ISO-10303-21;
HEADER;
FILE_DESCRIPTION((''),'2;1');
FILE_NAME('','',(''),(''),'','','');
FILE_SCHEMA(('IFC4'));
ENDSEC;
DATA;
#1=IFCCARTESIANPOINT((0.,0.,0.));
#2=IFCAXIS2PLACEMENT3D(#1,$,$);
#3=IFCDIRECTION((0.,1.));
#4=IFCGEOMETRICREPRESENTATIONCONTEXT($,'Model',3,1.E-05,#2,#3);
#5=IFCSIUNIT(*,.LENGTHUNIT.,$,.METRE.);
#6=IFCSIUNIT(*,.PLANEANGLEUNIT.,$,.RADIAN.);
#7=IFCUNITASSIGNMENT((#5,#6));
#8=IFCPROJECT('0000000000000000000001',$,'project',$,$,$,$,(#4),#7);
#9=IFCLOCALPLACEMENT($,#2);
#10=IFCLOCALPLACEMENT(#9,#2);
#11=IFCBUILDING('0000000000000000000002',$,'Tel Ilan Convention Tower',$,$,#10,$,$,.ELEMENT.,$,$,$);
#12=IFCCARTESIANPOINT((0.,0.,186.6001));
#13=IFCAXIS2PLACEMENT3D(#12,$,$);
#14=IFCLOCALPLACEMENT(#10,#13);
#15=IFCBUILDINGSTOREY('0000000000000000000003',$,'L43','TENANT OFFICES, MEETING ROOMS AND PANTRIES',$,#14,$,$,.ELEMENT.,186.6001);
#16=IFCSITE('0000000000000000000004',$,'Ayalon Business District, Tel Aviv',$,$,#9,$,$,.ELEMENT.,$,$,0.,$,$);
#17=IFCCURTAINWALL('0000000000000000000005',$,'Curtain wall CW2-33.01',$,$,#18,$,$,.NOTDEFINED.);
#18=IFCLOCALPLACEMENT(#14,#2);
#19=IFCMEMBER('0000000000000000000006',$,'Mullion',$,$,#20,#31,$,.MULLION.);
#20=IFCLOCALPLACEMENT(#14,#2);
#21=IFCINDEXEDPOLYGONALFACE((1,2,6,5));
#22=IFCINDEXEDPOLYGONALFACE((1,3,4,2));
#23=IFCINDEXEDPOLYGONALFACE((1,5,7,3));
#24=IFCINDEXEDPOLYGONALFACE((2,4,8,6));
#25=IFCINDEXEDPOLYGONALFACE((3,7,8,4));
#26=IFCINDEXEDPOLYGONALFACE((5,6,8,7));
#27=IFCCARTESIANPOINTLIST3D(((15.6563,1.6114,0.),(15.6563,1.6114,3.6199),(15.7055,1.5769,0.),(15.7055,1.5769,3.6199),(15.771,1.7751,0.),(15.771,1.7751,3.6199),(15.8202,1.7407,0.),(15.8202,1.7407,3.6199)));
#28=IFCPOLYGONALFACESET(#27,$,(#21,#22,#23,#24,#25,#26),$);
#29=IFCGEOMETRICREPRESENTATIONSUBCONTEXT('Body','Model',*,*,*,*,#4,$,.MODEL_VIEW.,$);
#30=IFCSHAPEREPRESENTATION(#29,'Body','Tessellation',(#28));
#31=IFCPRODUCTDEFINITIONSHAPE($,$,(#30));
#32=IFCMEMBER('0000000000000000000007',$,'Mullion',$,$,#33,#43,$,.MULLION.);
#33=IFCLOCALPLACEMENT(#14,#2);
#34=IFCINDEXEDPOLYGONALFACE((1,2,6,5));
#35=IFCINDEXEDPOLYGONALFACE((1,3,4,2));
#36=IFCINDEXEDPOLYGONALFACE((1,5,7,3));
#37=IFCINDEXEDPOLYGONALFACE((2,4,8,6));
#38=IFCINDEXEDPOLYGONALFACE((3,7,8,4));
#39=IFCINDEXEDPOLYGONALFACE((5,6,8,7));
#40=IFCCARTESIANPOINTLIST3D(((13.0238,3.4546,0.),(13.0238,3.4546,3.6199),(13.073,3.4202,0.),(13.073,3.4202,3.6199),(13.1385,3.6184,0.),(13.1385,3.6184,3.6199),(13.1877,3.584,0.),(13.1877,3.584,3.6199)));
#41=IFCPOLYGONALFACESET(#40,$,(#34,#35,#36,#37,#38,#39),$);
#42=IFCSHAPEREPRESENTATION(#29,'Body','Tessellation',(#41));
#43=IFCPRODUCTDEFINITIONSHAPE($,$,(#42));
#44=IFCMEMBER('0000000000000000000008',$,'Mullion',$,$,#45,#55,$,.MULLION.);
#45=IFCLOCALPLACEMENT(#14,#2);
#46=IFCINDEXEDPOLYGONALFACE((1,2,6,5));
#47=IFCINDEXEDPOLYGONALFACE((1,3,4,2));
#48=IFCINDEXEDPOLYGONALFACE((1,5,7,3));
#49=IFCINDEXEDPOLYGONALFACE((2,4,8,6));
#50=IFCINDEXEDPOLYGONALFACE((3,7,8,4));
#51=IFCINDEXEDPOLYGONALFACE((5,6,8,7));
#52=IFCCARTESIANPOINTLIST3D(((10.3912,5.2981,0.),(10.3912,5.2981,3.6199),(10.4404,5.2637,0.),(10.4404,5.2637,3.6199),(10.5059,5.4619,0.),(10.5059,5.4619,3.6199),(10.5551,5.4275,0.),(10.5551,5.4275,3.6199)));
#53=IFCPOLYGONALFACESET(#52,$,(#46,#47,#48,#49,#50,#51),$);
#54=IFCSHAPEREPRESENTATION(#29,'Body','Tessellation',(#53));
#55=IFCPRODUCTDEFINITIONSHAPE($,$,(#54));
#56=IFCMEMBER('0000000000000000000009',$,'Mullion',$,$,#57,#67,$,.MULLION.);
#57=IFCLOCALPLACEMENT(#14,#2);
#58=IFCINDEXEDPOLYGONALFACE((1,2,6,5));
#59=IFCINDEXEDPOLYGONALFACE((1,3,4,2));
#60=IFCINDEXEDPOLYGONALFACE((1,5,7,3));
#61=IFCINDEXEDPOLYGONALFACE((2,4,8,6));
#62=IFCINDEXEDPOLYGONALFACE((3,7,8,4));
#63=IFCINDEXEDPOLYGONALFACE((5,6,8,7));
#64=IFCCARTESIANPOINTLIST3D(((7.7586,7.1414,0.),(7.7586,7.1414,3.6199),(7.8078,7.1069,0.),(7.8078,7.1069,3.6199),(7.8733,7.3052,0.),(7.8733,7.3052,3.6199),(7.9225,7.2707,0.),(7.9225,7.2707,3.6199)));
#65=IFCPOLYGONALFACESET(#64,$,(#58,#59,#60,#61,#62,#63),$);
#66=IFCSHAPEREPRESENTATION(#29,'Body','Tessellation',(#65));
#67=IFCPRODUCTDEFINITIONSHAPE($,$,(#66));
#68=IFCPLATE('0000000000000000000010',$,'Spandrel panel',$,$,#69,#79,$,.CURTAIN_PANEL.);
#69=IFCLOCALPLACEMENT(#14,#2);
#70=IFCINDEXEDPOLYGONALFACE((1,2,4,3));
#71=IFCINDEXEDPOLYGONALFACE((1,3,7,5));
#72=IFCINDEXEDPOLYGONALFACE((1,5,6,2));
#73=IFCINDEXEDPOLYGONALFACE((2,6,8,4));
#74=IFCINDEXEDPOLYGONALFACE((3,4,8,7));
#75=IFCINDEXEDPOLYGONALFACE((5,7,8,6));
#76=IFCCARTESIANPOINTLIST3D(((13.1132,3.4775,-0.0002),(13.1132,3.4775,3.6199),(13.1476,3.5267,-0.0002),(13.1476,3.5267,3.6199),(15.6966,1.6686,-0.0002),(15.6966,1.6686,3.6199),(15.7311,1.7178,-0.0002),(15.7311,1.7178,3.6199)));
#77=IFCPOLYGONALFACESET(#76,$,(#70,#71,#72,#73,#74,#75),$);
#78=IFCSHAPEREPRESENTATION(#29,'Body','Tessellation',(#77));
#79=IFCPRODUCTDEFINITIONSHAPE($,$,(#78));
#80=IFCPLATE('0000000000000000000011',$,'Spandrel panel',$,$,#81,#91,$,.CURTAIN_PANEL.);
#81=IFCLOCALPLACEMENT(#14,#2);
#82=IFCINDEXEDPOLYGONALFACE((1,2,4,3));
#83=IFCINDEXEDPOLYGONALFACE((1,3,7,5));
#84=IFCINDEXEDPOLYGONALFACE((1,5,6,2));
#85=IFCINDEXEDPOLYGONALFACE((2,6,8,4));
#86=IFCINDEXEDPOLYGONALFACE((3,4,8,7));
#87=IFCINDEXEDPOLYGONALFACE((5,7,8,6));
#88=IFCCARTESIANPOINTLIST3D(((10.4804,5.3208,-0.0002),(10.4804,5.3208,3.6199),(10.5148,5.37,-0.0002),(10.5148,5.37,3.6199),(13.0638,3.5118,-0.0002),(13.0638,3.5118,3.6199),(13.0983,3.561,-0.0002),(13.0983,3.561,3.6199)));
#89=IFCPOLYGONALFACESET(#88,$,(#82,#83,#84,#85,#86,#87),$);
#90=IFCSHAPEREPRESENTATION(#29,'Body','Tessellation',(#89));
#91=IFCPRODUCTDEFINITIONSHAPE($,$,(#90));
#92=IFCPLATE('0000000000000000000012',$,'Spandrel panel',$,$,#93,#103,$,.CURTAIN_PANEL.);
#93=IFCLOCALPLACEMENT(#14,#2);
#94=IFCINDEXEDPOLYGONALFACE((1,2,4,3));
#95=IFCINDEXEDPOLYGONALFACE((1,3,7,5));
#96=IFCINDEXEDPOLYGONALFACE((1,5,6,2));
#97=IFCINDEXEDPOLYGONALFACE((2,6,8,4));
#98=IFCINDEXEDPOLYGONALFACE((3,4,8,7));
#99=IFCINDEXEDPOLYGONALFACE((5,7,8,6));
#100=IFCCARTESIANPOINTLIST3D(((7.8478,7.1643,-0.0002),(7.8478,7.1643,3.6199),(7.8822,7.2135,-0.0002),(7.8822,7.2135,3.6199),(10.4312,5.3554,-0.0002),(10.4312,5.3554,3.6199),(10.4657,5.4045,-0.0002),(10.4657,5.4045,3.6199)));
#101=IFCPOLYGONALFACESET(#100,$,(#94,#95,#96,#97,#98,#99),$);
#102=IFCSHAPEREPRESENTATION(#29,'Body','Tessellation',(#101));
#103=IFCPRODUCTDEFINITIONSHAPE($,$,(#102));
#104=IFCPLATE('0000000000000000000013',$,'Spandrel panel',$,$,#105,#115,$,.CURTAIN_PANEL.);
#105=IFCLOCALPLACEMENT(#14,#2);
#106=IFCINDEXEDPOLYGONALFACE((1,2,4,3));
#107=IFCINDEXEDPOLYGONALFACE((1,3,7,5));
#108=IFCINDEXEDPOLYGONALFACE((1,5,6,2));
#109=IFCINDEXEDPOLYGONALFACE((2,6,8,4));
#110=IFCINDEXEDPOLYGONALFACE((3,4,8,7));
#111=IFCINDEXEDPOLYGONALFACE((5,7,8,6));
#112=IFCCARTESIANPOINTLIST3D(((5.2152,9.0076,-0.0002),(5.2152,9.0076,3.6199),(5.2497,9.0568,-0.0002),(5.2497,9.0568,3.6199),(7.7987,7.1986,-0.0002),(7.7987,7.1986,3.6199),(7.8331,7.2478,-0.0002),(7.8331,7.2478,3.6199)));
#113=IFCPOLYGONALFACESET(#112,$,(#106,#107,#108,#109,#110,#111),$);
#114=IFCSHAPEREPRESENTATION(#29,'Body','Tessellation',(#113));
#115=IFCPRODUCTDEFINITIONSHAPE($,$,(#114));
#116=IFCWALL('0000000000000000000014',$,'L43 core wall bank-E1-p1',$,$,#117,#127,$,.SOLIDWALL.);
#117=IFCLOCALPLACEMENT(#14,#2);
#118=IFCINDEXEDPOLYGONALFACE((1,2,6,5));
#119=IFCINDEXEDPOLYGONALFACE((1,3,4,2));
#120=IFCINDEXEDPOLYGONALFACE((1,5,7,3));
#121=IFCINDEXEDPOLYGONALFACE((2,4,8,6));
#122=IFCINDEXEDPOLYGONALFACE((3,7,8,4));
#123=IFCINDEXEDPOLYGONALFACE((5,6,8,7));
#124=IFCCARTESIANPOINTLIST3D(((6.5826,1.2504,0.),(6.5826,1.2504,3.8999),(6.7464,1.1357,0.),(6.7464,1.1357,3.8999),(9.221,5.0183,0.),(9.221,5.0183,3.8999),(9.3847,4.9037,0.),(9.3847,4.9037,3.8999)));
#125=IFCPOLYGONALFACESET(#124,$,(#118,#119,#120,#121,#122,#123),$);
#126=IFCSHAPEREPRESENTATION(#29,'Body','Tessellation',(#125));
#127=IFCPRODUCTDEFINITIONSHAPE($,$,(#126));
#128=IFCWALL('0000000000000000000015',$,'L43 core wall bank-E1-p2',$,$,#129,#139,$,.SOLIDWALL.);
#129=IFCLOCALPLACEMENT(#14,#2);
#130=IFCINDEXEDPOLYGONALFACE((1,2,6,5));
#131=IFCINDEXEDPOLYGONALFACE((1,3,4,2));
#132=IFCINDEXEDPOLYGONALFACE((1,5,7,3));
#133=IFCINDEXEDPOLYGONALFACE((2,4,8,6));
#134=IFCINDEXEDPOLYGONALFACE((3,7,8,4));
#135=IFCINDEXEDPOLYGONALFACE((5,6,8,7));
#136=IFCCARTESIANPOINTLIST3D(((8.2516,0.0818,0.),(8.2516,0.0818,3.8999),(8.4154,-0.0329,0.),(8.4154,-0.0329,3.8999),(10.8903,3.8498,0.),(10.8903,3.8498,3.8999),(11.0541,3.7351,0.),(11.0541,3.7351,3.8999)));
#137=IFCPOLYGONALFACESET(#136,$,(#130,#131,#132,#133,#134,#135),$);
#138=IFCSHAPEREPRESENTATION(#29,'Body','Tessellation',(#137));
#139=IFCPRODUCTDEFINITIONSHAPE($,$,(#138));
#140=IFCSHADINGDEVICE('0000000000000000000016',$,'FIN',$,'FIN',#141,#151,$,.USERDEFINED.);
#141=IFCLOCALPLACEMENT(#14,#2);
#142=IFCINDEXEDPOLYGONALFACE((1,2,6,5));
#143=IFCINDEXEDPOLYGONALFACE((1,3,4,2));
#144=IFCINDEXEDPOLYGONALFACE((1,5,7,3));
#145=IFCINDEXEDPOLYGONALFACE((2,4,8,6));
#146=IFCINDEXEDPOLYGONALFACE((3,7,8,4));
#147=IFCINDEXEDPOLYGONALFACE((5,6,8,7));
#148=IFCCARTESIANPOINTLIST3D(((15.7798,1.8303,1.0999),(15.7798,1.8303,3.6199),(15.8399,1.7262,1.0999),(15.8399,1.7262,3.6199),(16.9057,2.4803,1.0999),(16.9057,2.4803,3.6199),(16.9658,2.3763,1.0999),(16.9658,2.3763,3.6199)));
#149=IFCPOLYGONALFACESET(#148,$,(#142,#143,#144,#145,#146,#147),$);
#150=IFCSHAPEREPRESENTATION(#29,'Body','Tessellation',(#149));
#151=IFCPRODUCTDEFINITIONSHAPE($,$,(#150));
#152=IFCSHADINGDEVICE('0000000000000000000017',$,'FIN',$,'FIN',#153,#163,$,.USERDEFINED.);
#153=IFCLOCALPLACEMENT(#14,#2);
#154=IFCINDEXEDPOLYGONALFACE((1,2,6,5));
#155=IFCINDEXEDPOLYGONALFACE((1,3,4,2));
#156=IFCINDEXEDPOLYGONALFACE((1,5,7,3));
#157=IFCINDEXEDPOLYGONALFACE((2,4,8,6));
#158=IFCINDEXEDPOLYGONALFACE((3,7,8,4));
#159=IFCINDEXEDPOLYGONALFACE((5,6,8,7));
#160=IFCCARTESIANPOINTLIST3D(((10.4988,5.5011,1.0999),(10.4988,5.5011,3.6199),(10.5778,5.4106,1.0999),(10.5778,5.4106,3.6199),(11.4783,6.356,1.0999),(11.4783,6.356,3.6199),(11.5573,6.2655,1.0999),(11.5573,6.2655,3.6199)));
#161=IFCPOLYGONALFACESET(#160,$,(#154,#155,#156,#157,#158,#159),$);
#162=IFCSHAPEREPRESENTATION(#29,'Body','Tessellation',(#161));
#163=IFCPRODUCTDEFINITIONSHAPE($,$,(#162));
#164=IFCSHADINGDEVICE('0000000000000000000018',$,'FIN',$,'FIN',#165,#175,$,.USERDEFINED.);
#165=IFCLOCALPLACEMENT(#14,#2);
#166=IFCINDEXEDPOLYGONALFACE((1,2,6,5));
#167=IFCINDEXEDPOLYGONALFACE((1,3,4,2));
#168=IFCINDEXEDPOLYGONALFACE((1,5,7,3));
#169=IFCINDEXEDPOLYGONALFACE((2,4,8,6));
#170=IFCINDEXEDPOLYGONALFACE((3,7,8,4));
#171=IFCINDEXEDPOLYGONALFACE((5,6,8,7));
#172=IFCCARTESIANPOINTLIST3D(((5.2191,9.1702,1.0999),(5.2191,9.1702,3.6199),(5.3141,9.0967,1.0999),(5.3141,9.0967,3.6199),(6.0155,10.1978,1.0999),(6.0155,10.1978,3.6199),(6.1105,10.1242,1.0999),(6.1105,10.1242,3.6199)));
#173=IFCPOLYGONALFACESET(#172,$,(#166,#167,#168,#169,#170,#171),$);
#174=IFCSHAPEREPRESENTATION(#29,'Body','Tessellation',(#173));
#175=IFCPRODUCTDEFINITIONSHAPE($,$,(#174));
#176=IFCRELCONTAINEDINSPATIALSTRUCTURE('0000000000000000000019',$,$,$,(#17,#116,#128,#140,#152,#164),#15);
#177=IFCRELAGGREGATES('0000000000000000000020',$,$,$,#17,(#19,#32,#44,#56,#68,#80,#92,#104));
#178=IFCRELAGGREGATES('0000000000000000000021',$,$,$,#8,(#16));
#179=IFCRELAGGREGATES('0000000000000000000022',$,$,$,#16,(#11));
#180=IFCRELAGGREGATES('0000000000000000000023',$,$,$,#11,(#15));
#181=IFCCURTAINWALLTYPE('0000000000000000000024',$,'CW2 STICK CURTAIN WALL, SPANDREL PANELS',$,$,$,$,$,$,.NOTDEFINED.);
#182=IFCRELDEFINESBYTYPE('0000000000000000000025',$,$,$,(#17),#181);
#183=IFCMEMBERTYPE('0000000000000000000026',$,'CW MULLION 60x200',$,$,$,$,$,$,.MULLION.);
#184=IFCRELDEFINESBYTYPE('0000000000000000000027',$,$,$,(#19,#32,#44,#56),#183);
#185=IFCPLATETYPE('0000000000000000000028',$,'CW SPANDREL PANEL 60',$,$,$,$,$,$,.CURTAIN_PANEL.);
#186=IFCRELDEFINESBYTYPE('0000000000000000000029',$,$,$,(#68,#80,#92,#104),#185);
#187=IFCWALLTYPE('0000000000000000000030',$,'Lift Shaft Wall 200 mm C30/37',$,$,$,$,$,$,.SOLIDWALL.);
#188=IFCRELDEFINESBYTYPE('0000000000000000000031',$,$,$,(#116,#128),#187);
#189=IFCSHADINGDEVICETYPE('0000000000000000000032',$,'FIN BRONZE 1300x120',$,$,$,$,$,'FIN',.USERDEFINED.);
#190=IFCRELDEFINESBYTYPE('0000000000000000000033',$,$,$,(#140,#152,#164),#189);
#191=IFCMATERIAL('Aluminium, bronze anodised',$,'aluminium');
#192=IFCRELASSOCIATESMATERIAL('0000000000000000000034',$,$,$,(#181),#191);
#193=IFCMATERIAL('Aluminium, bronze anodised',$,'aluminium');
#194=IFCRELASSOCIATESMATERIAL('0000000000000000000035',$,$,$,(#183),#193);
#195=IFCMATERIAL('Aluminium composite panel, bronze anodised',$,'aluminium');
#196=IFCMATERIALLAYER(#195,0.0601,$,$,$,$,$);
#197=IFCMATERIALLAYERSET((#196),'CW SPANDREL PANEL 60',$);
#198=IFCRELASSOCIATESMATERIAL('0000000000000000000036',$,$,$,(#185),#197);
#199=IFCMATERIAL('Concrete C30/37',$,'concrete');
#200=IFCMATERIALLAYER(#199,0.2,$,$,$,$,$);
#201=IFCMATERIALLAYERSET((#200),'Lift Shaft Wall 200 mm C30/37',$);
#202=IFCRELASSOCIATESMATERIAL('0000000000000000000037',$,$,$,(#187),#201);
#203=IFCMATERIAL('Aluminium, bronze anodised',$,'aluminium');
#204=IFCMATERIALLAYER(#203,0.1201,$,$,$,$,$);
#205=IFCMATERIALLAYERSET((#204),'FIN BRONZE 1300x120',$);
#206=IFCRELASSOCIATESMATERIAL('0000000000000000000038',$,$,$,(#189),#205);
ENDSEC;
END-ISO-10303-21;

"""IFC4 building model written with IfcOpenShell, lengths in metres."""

from ifc_helpers import new_model, si_unit, direction, frame, frame_2d, origin, origin_2d, place, context, subcontext, project, spatial, rectangle, extrude, material, layer, layer_set, material_profile, profile_set, type_object, element, aggregate, save


model = new_model("IFC4")

# Units and contexts
model_context = context("Model", 3, precision=1e-05, world=origin(), true_north=direction((0.0, 1.0)))
body_context = subcontext(model_context, "Body", "Model", "MODEL_VIEW")
ifc_project = project(units=[si_unit("LENGTHUNIT", "METRE"), si_unit("PLANEANGLEUNIT", "RADIAN")], contexts=[model_context])

# Site, building, storey
site_placement = place(None, origin())
site = spatial("IfcSite", under=ifc_project, at=site_placement, Name="Ayalon Business District, Tel Aviv", CompositionType="ELEMENT", RefElevation=0.0)
building_placement = place(site_placement, origin())
building = spatial("IfcBuilding", under=site, at=building_placement, Name="Tel Ilan Convention Tower", CompositionType="ELEMENT")
storey_placement = place(building_placement, frame((0.0, 0.0, 186.6001)))
storey = spatial("IfcBuildingStorey", under=building, at=storey_placement, Name="L43", Description="TENANT OFFICES, MEETING ROOMS AND PANTRIES", CompositionType="ELEMENT", Elevation=186.6001)

# Curtain wall, members, plates
ifc_material_1 = material(Name="Aluminium, bronze anodised", Category="aluminium")
curtain_wall_type = type_object("IfcCurtainWallType", Name="CW2 STICK CURTAIN WALL, SPANDREL PANELS", PredefinedType="NOTDEFINED", material=ifc_material_1)
curtain_wall_placement = place(storey_placement, origin())
curtain_wall = element("IfcCurtainWall", 1, at=curtain_wall_placement, inside=storey, type_object=curtain_wall_type, Name="Curtain wall CW2-33.01", PredefinedType="NOTDEFINED")
ifc_material_2 = material(Name="Aluminium, bronze anodised", Category="aluminium")
ifc_material_profile = material_profile(ifc_material_2, rectangle(XDim=0.0601, YDim=0.2, at=origin_2d()), Name="CW MULLION 60x200")
ifc_profile_set = profile_set([ifc_material_profile], Name="Aluminium, bronze anodised")
member_type = type_object("IfcMemberType", Name="CW MULLION 60x200", PredefinedType="MULLION", material=ifc_profile_set)
member_1_placement = place(storey_placement, frame((15.7383, 1.676, 0.0), z_axis=(0.0, 0.0, 1.0), x_axis=(-0.819152, 0.573576, 0.0)))
member_1 = element("IfcMember", 2, at=member_1_placement, type_object=member_type, Name="Mullion", PredefinedType="MULLION", context=body_context, shape_type="SweptSolid", body=[
    extrude(rectangle(XDim=0.0601, YDim=0.2, at=origin_2d()), origin(), (0.0, 0.0, 1.0), 3.6199),
])
member_2_placement = place(storey_placement, frame((13.1057, 3.5193, 0.0), z_axis=(0.0, 0.0, 1.0), x_axis=(-0.819152, 0.573576, 0.0)))
member_2 = element("IfcMember", 3, at=member_2_placement, type_object=member_type, Name="Mullion", PredefinedType="MULLION", context=body_context, shape_type="SweptSolid", body=[
    extrude(rectangle(XDim=0.0601, YDim=0.2, at=origin_2d()), origin(), (0.0, 0.0, 1.0), 3.6199),
])
member_3_placement = place(storey_placement, frame((10.4731, 5.3628, 0.0), z_axis=(0.0, 0.0, 1.0), x_axis=(-0.819152, 0.573576, 0.0)))
member_3 = element("IfcMember", 4, at=member_3_placement, type_object=member_type, Name="Mullion", PredefinedType="MULLION", context=body_context, shape_type="SweptSolid", body=[
    extrude(rectangle(XDim=0.0601, YDim=0.2, at=origin_2d()), origin(), (0.0, 0.0, 1.0), 3.6199),
])
member_4_placement = place(storey_placement, frame((7.8406, 7.2061, 0.0), z_axis=(0.0, 0.0, 1.0), x_axis=(-0.819152, 0.573576, 0.0)))
member_4 = element("IfcMember", 5, at=member_4_placement, type_object=member_type, Name="Mullion", PredefinedType="MULLION", context=body_context, shape_type="SweptSolid", body=[
    extrude(rectangle(XDim=0.0601, YDim=0.2, at=origin_2d()), origin(), (0.0, 0.0, 1.0), 3.6199),
])
ifc_material_3 = material(Name="Aluminium composite panel, bronze anodised", Category="aluminium")
ifc_layer_1 = layer(ifc_material_3, 0.0601)
ifc_layer_set_1 = layer_set([ifc_layer_1], Name="CW SPANDREL PANEL 60")
plate_type = type_object("IfcPlateType", Name="CW SPANDREL PANEL 60", PredefinedType="CURTAIN_PANEL", material=ifc_layer_set_1)
plate_1_placement = place(storey_placement, frame((14.4221, 2.5977, -0.0002), z_axis=(0.0, 0.0, 1.0), x_axis=(-0.819152, 0.573576, 0.0)))
plate_1 = element("IfcPlate", 6, at=plate_1_placement, type_object=plate_type, Name="Spandrel panel", PredefinedType="CURTAIN_PANEL", context=body_context, shape_type="SweptSolid", body=[
    extrude(rectangle(XDim=3.1538, YDim=0.0601, at=origin_2d()), origin(), (0.0, 0.0, 1.0), 3.6201),
])
plate_2_placement = place(storey_placement, frame((11.7893, 4.4409, -0.0002), z_axis=(0.0, 0.0, 1.0), x_axis=(-0.819152, 0.573576, 0.0)))
plate_2 = element("IfcPlate", 7, at=plate_2_placement, type_object=plate_type, Name="Spandrel panel", PredefinedType="CURTAIN_PANEL", context=body_context, shape_type="SweptSolid", body=[
    extrude(rectangle(XDim=3.1538, YDim=0.0601, at=origin_2d()), origin(), (0.0, 0.0, 1.0), 3.6201),
])
plate_3_placement = place(storey_placement, frame((9.1567, 6.2844, -0.0002), z_axis=(0.0, 0.0, 1.0), x_axis=(-0.819152, 0.573576, 0.0)))
plate_3 = element("IfcPlate", 8, at=plate_3_placement, type_object=plate_type, Name="Spandrel panel", PredefinedType="CURTAIN_PANEL", context=body_context, shape_type="SweptSolid", body=[
    extrude(rectangle(XDim=3.1538, YDim=0.0601, at=origin_2d()), origin(), (0.0, 0.0, 1.0), 3.6201),
])
plate_4_placement = place(storey_placement, frame((6.5242, 8.1277, -0.0002), z_axis=(0.0, 0.0, 1.0), x_axis=(-0.819152, 0.573576, 0.0)))
plate_4 = element("IfcPlate", 9, at=plate_4_placement, type_object=plate_type, Name="Spandrel panel", PredefinedType="CURTAIN_PANEL", context=body_context, shape_type="SweptSolid", body=[
    extrude(rectangle(XDim=3.1538, YDim=0.0601, at=origin_2d()), origin(), (0.0, 0.0, 1.0), 3.6201),
])
aggregate(curtain_wall, [member_1, member_2, member_3, member_4, plate_1, plate_2, plate_3, plate_4])

# Walls
ifc_material_4 = material(Name="Concrete C30/37", Category="concrete")
ifc_layer_2 = layer(ifc_material_4, 0.2)
ifc_layer_set_2 = layer_set([ifc_layer_2], Name="Lift Shaft Wall 200 mm C30/37")
wall_type = type_object("IfcWallType", Name="Lift Shaft Wall 200 mm C30/37", PredefinedType="SOLIDWALL", material=ifc_layer_set_2)
wall_1_placement = place(storey_placement, frame((6.6646, 1.1931, 0.0), z_axis=(0.0, 0.0, 1.0), x_axis=(0.573576, 0.819152, 0.0)))
element("IfcWall", 10, at=wall_1_placement, inside=storey, type_object=wall_type, Name="L43 core wall bank-E1-p1", PredefinedType="SOLIDWALL", context=body_context, shape_type="SweptSolid", body=[
    extrude(rectangle(XDim=4.5999, YDim=0.2, at=frame_2d((2.2998, 0.0))), origin(), (0.0, 0.0, 1.0), 3.8999),
])
wall_2_placement = place(storey_placement, frame((8.3335, 0.0244, 0.0), z_axis=(0.0, 0.0, 1.0), x_axis=(0.573612, 0.819127, 0.0)))
element("IfcWall", 11, at=wall_2_placement, inside=storey, type_object=wall_type, Name="L43 core wall bank-E1-p2", PredefinedType="SOLIDWALL", context=body_context, shape_type="SweptSolid", body=[
    extrude(rectangle(XDim=4.6001, YDim=0.2, at=frame_2d((2.3, 0.0))), origin(), (0.0, 0.0, 1.0), 3.8999),
])

# Shading devices
ifc_material_5 = material(Name="Aluminium, bronze anodised", Category="aluminium")
ifc_layer_3 = layer(ifc_material_5, 0.1201)
ifc_layer_set_3 = layer_set([ifc_layer_3], Name="FIN BRONZE 1300x120")
shading_device_type = type_object("IfcShadingDeviceType", Name="FIN BRONZE 1300x120", ElementType="FIN", PredefinedType="USERDEFINED", material=ifc_layer_set_3)
for number, where, z_axis, x_axis, name in (
    (12, (16.3728, 2.1033, 1.0999), (0.0, 0.0, 1.0), (0.866025, 0.5, 0.0), "FIN"),
    (13, (11.0281, 5.8833, 1.0999), (0.0, 0.0, 1.0), (0.753436, 0.657521, 0.0), "FIN"),
    (14, (5.6648, 9.6472, 1.0999), (0.0, 0.0, 1.0), (0.612601, 0.790393, 0.0), "FIN"),
):
    element("IfcShadingDevice", number, at=place(storey_placement, frame(where, z_axis=z_axis, x_axis=x_axis)), inside=storey, type_object=shading_device_type, Name=name, ObjectType="FIN", PredefinedType="USERDEFINED", context=body_context, shape_type="SweptSolid", body=[
        extrude(rectangle(XDim=1.3, YDim=0.1201, at=origin_2d()), origin(), (0.0, 0.0, 1.0), 2.52),
    ])

save(model, "model.ifc")
